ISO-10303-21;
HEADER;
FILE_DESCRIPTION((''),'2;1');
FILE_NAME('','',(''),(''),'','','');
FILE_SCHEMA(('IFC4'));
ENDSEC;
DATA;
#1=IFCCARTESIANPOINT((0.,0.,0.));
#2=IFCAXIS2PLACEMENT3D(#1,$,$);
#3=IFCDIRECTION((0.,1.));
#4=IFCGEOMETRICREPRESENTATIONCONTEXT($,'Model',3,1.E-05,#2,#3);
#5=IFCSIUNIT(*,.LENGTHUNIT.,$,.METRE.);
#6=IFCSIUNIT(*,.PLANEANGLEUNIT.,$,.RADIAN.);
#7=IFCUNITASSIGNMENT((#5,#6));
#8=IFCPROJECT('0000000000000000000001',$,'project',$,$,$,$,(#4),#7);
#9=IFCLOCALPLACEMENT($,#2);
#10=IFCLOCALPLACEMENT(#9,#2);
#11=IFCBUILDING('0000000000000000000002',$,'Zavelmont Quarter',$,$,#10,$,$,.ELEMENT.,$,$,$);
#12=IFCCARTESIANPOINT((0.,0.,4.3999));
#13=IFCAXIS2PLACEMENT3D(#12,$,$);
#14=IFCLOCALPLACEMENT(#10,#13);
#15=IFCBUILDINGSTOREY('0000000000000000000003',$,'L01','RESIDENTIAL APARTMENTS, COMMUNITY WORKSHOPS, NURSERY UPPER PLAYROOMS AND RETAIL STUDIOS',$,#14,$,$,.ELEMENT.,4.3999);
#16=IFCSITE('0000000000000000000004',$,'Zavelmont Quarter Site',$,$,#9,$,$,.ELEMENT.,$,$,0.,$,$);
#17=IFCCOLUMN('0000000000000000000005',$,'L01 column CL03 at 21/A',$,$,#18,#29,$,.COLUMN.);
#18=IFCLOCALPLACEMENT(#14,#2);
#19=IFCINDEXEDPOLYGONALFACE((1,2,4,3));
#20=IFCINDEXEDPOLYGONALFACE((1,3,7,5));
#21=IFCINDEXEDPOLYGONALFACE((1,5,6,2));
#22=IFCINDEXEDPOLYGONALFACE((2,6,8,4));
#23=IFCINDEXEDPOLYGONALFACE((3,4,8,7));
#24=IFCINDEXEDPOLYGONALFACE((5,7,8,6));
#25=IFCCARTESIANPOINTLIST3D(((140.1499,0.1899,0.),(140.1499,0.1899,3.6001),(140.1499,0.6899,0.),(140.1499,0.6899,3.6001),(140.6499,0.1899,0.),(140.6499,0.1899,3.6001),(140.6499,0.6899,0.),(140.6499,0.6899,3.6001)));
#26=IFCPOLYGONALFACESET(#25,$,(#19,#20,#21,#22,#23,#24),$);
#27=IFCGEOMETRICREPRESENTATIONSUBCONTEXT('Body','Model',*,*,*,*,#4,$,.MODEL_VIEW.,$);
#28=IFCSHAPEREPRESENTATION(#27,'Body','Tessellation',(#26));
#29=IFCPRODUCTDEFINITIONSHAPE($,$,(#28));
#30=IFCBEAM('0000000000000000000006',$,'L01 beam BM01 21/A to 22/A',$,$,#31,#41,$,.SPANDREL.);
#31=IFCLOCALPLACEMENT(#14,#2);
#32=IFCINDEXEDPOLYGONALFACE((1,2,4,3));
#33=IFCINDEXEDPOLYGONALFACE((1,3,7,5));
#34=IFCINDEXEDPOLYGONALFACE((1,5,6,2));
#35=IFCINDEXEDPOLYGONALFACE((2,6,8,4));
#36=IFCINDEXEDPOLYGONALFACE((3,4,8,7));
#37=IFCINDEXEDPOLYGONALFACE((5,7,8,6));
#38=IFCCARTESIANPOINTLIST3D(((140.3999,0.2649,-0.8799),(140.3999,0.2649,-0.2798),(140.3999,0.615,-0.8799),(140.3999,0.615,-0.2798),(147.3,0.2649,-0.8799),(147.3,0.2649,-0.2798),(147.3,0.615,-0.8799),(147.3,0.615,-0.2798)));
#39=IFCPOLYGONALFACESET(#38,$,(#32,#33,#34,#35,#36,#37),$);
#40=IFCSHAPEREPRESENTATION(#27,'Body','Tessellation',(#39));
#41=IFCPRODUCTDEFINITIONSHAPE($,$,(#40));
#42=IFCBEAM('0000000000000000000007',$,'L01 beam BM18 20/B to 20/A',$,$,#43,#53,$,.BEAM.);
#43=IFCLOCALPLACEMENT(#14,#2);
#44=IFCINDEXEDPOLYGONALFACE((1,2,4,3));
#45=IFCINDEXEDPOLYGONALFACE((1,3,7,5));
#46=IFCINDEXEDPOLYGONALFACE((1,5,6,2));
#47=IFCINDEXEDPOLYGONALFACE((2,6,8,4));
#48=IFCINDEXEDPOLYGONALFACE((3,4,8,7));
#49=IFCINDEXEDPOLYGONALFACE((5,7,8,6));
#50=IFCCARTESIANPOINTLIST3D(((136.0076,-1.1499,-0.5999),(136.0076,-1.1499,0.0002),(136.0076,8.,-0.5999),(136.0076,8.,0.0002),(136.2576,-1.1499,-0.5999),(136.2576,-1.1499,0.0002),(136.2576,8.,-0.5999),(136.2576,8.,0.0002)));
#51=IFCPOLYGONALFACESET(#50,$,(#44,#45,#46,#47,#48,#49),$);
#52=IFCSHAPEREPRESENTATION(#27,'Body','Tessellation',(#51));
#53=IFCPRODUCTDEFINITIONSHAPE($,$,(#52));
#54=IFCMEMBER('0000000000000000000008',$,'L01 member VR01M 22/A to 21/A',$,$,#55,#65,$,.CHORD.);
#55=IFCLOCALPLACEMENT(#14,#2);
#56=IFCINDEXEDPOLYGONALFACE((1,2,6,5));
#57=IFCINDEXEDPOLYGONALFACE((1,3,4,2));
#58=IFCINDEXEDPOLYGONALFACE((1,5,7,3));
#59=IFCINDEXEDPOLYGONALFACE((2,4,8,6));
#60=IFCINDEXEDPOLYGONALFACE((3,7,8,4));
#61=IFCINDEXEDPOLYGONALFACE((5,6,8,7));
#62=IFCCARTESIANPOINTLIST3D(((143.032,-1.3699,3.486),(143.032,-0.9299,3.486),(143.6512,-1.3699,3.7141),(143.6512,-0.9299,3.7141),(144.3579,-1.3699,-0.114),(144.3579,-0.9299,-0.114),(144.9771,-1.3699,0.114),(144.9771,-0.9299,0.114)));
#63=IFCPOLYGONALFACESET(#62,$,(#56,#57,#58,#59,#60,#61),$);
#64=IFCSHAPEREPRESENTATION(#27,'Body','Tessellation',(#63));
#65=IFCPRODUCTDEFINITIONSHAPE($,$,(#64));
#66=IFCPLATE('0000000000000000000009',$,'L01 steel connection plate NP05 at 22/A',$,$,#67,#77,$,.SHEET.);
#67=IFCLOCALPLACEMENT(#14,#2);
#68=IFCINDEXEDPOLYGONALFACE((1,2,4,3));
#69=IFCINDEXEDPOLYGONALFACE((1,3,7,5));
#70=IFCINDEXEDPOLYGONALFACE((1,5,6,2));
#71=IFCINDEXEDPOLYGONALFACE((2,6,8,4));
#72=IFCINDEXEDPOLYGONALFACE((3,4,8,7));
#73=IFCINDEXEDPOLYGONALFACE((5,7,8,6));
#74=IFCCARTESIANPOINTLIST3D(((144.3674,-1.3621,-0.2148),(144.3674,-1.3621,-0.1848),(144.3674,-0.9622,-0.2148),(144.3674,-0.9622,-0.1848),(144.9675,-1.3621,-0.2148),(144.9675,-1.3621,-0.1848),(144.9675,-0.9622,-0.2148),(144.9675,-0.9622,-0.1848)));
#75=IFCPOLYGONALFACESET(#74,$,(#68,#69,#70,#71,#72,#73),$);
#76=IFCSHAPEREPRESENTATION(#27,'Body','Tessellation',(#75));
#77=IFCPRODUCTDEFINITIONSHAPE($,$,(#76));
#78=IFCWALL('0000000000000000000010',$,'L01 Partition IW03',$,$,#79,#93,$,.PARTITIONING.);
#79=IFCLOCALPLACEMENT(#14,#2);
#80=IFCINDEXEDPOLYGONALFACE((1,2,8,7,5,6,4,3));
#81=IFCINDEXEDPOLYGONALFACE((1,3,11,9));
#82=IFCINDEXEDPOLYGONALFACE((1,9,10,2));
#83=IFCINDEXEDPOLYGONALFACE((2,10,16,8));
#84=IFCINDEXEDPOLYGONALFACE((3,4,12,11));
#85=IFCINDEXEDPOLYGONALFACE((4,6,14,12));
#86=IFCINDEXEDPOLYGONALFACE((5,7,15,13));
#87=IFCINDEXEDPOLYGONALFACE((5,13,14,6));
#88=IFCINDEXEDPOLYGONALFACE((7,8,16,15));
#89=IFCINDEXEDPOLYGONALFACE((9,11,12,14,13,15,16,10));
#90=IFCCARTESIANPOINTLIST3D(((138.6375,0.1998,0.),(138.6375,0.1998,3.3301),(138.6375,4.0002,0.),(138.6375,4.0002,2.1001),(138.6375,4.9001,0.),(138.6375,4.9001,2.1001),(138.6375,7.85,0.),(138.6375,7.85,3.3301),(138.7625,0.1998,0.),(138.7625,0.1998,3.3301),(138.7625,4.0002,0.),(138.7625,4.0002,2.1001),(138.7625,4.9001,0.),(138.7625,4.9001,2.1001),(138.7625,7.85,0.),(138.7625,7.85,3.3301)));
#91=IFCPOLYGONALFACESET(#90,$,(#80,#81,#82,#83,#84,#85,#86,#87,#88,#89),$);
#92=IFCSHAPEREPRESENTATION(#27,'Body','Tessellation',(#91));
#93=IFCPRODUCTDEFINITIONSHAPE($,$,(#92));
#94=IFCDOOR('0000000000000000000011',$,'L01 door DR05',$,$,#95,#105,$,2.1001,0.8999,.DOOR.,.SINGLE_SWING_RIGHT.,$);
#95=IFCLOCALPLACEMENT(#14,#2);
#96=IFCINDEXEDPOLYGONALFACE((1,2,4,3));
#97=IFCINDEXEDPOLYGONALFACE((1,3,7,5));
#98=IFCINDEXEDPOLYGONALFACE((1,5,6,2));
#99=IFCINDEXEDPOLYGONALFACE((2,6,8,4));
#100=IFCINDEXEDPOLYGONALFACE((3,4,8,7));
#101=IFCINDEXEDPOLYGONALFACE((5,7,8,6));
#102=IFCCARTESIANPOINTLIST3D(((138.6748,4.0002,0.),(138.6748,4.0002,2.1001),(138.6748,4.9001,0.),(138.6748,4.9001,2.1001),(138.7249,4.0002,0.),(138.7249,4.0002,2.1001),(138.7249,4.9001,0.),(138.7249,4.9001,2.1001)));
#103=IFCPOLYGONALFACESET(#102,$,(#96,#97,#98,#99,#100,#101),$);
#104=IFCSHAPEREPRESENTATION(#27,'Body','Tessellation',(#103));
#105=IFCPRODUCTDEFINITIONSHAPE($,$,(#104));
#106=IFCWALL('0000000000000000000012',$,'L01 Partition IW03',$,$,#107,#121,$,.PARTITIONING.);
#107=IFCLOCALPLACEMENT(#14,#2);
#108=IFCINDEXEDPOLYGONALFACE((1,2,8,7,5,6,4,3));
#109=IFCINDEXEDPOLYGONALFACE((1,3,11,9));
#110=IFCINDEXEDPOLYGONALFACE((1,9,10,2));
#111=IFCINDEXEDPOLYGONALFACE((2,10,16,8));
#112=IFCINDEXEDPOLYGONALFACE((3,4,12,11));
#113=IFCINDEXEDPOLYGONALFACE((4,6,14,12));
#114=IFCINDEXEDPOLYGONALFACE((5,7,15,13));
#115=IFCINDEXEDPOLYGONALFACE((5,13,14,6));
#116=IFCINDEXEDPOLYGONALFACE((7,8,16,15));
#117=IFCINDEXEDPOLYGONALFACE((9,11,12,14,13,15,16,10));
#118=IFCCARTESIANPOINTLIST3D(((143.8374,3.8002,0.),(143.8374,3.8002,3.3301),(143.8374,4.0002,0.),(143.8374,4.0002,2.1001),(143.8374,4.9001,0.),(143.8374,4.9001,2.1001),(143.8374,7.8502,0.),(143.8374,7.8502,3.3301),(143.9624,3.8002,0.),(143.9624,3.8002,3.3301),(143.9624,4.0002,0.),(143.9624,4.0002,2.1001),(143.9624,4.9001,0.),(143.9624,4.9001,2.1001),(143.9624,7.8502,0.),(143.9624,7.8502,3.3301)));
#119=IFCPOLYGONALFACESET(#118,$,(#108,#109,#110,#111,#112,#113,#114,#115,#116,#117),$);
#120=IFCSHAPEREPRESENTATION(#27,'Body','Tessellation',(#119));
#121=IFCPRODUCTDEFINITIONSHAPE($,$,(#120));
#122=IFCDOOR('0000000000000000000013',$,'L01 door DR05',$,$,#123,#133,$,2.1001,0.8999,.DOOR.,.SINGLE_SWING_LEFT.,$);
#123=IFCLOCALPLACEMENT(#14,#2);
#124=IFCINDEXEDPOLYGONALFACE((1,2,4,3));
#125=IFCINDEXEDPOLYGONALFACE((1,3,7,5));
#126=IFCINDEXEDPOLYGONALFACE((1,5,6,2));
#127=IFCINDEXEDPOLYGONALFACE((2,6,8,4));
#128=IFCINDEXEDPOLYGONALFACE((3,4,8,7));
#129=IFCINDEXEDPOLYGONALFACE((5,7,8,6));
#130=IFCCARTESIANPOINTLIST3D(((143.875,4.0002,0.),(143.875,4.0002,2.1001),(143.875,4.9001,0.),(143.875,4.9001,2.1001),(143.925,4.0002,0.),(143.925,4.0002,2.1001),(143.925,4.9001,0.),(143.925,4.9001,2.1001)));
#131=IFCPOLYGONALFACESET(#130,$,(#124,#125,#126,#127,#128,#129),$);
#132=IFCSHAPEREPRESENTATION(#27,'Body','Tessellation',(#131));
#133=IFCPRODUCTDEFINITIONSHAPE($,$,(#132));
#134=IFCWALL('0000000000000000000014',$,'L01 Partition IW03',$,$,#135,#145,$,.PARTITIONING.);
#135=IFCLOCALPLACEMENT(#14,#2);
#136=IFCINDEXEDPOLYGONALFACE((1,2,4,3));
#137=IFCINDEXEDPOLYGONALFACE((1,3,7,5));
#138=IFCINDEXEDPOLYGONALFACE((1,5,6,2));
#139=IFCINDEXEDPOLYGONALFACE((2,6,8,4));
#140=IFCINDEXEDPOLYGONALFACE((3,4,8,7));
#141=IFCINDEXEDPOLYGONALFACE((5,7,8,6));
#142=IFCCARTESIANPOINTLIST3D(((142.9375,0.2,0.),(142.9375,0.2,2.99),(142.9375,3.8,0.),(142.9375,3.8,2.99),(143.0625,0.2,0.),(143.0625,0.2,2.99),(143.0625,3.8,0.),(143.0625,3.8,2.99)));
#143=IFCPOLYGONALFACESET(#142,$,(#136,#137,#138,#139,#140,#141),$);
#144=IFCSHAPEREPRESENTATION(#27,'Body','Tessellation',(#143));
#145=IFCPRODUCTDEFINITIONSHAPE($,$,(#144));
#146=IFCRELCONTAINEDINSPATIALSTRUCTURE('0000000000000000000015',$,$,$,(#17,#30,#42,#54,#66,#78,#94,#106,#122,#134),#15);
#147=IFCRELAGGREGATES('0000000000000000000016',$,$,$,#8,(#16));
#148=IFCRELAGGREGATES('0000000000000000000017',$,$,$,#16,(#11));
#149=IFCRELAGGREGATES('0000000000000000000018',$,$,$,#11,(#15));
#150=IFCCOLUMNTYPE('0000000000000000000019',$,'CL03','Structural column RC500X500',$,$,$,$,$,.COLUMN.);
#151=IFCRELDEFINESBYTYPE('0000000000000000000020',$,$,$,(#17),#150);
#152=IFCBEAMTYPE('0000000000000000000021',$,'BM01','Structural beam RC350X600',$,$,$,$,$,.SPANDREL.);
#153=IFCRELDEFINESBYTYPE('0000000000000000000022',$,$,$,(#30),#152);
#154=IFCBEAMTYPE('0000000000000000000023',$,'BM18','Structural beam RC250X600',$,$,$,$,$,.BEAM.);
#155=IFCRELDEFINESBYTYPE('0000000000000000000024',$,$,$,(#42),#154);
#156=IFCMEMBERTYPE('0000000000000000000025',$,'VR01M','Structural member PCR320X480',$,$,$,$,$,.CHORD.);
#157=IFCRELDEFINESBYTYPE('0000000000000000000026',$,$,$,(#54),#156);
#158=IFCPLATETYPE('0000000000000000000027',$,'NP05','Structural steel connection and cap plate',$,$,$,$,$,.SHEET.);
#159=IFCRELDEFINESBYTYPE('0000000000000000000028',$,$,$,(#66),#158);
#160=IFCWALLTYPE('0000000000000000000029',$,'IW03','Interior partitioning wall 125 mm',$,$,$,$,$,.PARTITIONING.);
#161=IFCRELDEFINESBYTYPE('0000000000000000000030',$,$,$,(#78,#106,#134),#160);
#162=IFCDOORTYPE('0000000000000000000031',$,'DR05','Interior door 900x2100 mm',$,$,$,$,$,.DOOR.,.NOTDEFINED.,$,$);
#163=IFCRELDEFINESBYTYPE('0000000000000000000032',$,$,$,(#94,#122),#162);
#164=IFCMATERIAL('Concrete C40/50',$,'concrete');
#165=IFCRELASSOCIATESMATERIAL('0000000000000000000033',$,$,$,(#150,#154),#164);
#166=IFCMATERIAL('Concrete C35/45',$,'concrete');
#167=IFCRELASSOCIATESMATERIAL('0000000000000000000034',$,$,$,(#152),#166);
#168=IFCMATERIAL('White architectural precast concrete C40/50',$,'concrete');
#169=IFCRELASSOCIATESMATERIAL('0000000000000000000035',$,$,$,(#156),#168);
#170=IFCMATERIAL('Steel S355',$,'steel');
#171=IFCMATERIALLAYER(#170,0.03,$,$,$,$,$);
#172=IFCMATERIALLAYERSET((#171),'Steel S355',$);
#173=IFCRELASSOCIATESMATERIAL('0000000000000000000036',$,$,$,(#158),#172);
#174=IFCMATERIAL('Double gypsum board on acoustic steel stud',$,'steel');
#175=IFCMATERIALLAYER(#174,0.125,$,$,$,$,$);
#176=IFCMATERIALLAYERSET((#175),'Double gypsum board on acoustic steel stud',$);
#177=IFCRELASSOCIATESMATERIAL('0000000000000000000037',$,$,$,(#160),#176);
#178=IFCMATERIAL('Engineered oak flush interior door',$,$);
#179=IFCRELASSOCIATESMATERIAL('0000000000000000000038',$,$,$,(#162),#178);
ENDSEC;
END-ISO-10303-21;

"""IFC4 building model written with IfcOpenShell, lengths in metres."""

from ifc_helpers import new_model, si_unit, direction, frame, frame_2d, origin, origin_with_axes, origin_2d, place, context, subcontext, project, spatial, rectangle, extrude, material, layer, layer_set, material_profile, profile_set, type_object, element, fill, save


model = new_model("IFC4")

# Units and contexts
model_context = context("Model", 3, precision=1e-05, world=origin(), true_north=direction((0.0, 1.0)))
body_context = subcontext(model_context, "Body", "Model", "MODEL_VIEW")
ifc_project = project(units=[si_unit("LENGTHUNIT", "METRE"), si_unit("PLANEANGLEUNIT", "RADIAN")], contexts=[model_context])

# Site, building, storey
site_placement = place(None, origin())
site = spatial("IfcSite", under=ifc_project, at=site_placement, Name="Zavelmont Quarter Site", CompositionType="ELEMENT", RefElevation=0.0)
building_placement = place(site_placement, origin())
building = spatial("IfcBuilding", under=site, at=building_placement, Name="Zavelmont Quarter", CompositionType="ELEMENT")
storey_placement = place(building_placement, frame((0.0, 0.0, 4.3999)))
storey = spatial("IfcBuildingStorey", under=building, at=storey_placement, Name="L01", Description="RESIDENTIAL APARTMENTS, COMMUNITY WORKSHOPS, NURSERY UPPER PLAYROOMS AND RETAIL STUDIOS", CompositionType="ELEMENT", Elevation=4.3999)

# Column
ifc_material_1 = material(Name="Concrete C40/50", Category="concrete")
ifc_material_profile_1 = material_profile(ifc_material_1, rectangle(XDim=0.5, YDim=0.5, at=origin_2d()), Name="RC500X500")
ifc_profile_set_1 = profile_set([ifc_material_profile_1], Name="Concrete C40/50")
column_type = type_object("IfcColumnType", Name="CL03", Description="Structural column RC500X500", PredefinedType="COLUMN", material=ifc_profile_set_1)
column_placement = place(storey_placement, frame((140.3999, 0.4399, 0.0), z_axis=(0.0, 0.0, 1.0), x_axis=(1.0, 0.0, 0.0)))
element("IfcColumn", 1, at=column_placement, inside=storey, type_object=column_type, Name="L01 column CL03 at 21/A", PredefinedType="COLUMN", context=body_context, shape_type="SweptSolid", body=[
    extrude(rectangle(XDim=0.5, YDim=0.5, at=origin_2d()), origin(), (0.0, 0.0, 1.0), 3.6001),
])

# Beams
ifc_material_2 = material(Name="Concrete C35/45", Category="concrete")
ifc_material_profile_2 = material_profile(ifc_material_2, rectangle(XDim=0.3501, YDim=0.6001, at=origin_2d()), Name="RC350X600")
ifc_profile_set_2 = profile_set([ifc_material_profile_2], Name="Concrete C35/45")
beam_type_1 = type_object("IfcBeamType", Name="BM01", Description="Structural beam RC350X600", PredefinedType="SPANDREL", material=ifc_profile_set_2)
beam_1_placement = place(storey_placement, frame((140.3999, 0.4399, -0.5798), z_axis=(1.0, 0.0, 0.0), x_axis=(0.0, 1.0, 0.0)))
element("IfcBeam", 2, at=beam_1_placement, inside=storey, type_object=beam_type_1, Name="L01 beam BM01 21/A to 22/A", PredefinedType="SPANDREL", context=body_context, shape_type="SweptSolid", body=[
    extrude(rectangle(XDim=0.3501, YDim=0.6001, at=origin_2d()), origin(), (0.0, 0.0, 1.0), 6.9001),
])
ifc_material_profile_3 = material_profile(ifc_material_1, rectangle(XDim=0.25, YDim=0.6001, at=origin_2d()), Name="RC250X600")
ifc_profile_set_3 = profile_set([ifc_material_profile_3], Name="Concrete C40/50")
beam_type_2 = type_object("IfcBeamType", Name="BM18", Description="Structural beam RC250X600", PredefinedType="BEAM", material=ifc_profile_set_3)
beam_2_placement = place(storey_placement, frame((136.1326, 8.0, -0.2998), z_axis=(0.0, -1.0, 0.0), x_axis=(1.0, 0.0, 0.0)))
element("IfcBeam", 3, at=beam_2_placement, inside=storey, type_object=beam_type_2, Name="L01 beam BM18 20/B to 20/A", PredefinedType="BEAM", context=body_context, shape_type="SweptSolid", body=[
    extrude(rectangle(XDim=0.25, YDim=0.6001, at=origin_2d()), origin(), (0.0, 0.0, 1.0), 9.1499),
])

# Member
ifc_material_3 = material(Name="White architectural precast concrete C40/50", Category="concrete")
ifc_material_profile_4 = material_profile(ifc_material_3, rectangle(XDim=0.4399, YDim=0.6599, at=origin_2d()), Name="PCR320X480")
ifc_profile_set_4 = profile_set([ifc_material_profile_4], Name="White architectural precast concrete C40/50")
member_type = type_object("IfcMemberType", Name="VR01M", Description="Structural member PCR320X480", PredefinedType="CHORD", material=ifc_profile_set_4)
member_placement = place(storey_placement, frame((144.6675, -1.1499, 0.0), z_axis=(-0.345608, 0.0, 0.938379), x_axis=(0.0, -1.0, 0.0)))
element("IfcMember", 4, at=member_placement, inside=storey, type_object=member_type, Name="L01 member VR01M 22/A to 21/A", PredefinedType="CHORD", context=body_context, shape_type="SweptSolid", body=[
    extrude(rectangle(XDim=0.4399, YDim=0.6599, at=origin_2d()), origin(), (0.0, 0.0, 1.0), 3.8364),
])

# Plate
ifc_material_4 = material(Name="Steel S355", Category="steel")
ifc_layer_1 = layer(ifc_material_4, 0.03)
ifc_layer_set_1 = layer_set([ifc_layer_1], Name="Steel S355")
plate_type = type_object("IfcPlateType", Name="NP05", Description="Structural steel connection and cap plate", PredefinedType="SHEET", material=ifc_layer_set_1)
plate_placement = place(storey_placement, frame((144.6675, -1.1621, -0.2148), z_axis=(0.0, 0.0, 1.0), x_axis=(1.0, 0.0, 0.0)))
element("IfcPlate", 5, at=plate_placement, inside=storey, type_object=plate_type, Name="L01 steel connection plate NP05 at 22/A", PredefinedType="SHEET", context=body_context, shape_type="SweptSolid", body=[
    extrude(rectangle(XDim=0.6001, YDim=0.3999, at=origin_2d()), origin(), (0.0, 0.0, 1.0), 0.03),
])

# Walls, openings, doors
ifc_material_5 = material(Name="Double gypsum board on acoustic steel stud", Category="steel")
ifc_layer_2 = layer(ifc_material_5, 0.125)
ifc_layer_set_2 = layer_set([ifc_layer_2], Name="Double gypsum board on acoustic steel stud")
wall_type_1 = type_object("IfcWallType", Name="IW03", Description="Interior partitioning wall 125 mm", PredefinedType="PARTITIONING", material=ifc_layer_set_2)
wall_1_placement = place(storey_placement, frame((138.7, 7.8501, 0.0), z_axis=(0.0, 0.0, 1.0), x_axis=(0.0, -1.0, 0.0)))
wall_1 = element("IfcWall", 6, at=wall_1_placement, inside=storey, type_object=wall_type_1, Name="L01 Partition IW03", PredefinedType="PARTITIONING", context=body_context, shape_type="SweptSolid", body=[
    extrude(rectangle(XDim=7.6501, YDim=0.125, at=frame_2d((3.8252, 0.0))), origin(), (0.0, 0.0, 1.0), 3.3301),
])
opening_1_placement = place(wall_1_placement, frame((2.95, 0.0, 0.0)))
opening_1 = element("IfcOpeningElement", 7, at=opening_1_placement, cuts=wall_1, PredefinedType="OPENING", context=body_context, shape_type="SweptSolid", body=[
    extrude(rectangle(XDim=0.8999, YDim=2.1001, at=frame_2d((0.45, 1.05))), frame((0.0, 0.0745, 0.0), z_axis=(0.0, -1.0, 0.0), x_axis=(1.0, 0.0, 0.0)), (0.0, 0.0, 1.0), 0.1489),
])
ifc_material_6 = material(Name="Engineered oak flush interior door")
door_type_1 = type_object("IfcDoorType", Name="DR05", Description="Interior door 900x2100 mm", OperationType="NOTDEFINED", PredefinedType="DOOR", material=ifc_material_6)
door_1_placement = place(opening_1_placement, origin_with_axes())
door_1 = element("IfcDoor", 8, at=door_1_placement, inside=storey, type_object=door_type_1, Name="L01 door DR05", OperationType="SINGLE_SWING_RIGHT", OverallHeight=2.1001, OverallWidth=0.8999, PredefinedType="DOOR", context=body_context, shape_type="SweptSolid", body=[
    extrude(rectangle(XDim=0.8999, YDim=2.1001, at=frame_2d((0.45, 1.05))), frame((0.0, 0.0249, 0.0), z_axis=(0.0, -1.0, 0.0), x_axis=(1.0, 0.0, 0.0)), (0.0, 0.0, 1.0), 0.05),
])
fill(opening_1, door_1)
wall_2_placement = place(storey_placement, frame((143.8999, 7.8501, 0.0), z_axis=(0.0, 0.0, 1.0), x_axis=(0.0, -1.0, 0.0)))
wall_2 = element("IfcWall", 9, at=wall_2_placement, inside=storey, type_object=wall_type_1, Name="L01 Partition IW03", PredefinedType="PARTITIONING", context=body_context, shape_type="SweptSolid", body=[
    extrude(rectangle(XDim=4.05, YDim=0.125, at=frame_2d((2.0249, 0.0))), origin(), (0.0, 0.0, 1.0), 3.3301),
])
opening_2_placement = place(wall_2_placement, frame((2.95, 0.0, 0.0)))
opening_2 = element("IfcOpeningElement", 10, at=opening_2_placement, cuts=wall_2, PredefinedType="OPENING", context=body_context, shape_type="SweptSolid", body=[
    extrude(rectangle(XDim=0.8999, YDim=2.1001, at=frame_2d((0.45, 1.05))), frame((0.0, 0.0745, 0.0), z_axis=(0.0, -1.0, 0.0), x_axis=(1.0, 0.0, 0.0)), (0.0, 0.0, 1.0), 0.1489),
])
door_2_placement = place(opening_2_placement, frame((0.8999, 0.0, 0.0), z_axis=(0.0, 0.0, 1.0), x_axis=(-1.0, 0.0, 0.0)))
door_2 = element("IfcDoor", 11, at=door_2_placement, inside=storey, type_object=door_type_1, Name="L01 door DR05", OperationType="SINGLE_SWING_LEFT", OverallHeight=2.1001, OverallWidth=0.8999, PredefinedType="DOOR", context=body_context, shape_type="SweptSolid", body=[
    extrude(rectangle(XDim=0.8999, YDim=2.1001, at=frame_2d((0.45, 1.05))), frame((0.0, 0.0249, 0.0), z_axis=(0.0, -1.0, 0.0), x_axis=(1.0, 0.0, 0.0)), (0.0, 0.0, 1.0), 0.05),
])
fill(opening_2, door_2)

# Wall
wall_3_placement = place(storey_placement, frame((143.0, 3.8, 0.0), z_axis=(0.0, 0.0, 1.0), x_axis=(0.0, -1.0, 0.0)))
element("IfcWall", 12, at=wall_3_placement, inside=storey, type_object=wall_type_1, Name="L01 Partition IW03", PredefinedType="PARTITIONING", context=body_context, shape_type="SweptSolid", body=[
    extrude(rectangle(XDim=3.6001, YDim=0.125, at=frame_2d((1.8, 0.0))), origin(), (0.0, 0.0, 1.0), 2.99),
])

save(model, "model.ifc")
